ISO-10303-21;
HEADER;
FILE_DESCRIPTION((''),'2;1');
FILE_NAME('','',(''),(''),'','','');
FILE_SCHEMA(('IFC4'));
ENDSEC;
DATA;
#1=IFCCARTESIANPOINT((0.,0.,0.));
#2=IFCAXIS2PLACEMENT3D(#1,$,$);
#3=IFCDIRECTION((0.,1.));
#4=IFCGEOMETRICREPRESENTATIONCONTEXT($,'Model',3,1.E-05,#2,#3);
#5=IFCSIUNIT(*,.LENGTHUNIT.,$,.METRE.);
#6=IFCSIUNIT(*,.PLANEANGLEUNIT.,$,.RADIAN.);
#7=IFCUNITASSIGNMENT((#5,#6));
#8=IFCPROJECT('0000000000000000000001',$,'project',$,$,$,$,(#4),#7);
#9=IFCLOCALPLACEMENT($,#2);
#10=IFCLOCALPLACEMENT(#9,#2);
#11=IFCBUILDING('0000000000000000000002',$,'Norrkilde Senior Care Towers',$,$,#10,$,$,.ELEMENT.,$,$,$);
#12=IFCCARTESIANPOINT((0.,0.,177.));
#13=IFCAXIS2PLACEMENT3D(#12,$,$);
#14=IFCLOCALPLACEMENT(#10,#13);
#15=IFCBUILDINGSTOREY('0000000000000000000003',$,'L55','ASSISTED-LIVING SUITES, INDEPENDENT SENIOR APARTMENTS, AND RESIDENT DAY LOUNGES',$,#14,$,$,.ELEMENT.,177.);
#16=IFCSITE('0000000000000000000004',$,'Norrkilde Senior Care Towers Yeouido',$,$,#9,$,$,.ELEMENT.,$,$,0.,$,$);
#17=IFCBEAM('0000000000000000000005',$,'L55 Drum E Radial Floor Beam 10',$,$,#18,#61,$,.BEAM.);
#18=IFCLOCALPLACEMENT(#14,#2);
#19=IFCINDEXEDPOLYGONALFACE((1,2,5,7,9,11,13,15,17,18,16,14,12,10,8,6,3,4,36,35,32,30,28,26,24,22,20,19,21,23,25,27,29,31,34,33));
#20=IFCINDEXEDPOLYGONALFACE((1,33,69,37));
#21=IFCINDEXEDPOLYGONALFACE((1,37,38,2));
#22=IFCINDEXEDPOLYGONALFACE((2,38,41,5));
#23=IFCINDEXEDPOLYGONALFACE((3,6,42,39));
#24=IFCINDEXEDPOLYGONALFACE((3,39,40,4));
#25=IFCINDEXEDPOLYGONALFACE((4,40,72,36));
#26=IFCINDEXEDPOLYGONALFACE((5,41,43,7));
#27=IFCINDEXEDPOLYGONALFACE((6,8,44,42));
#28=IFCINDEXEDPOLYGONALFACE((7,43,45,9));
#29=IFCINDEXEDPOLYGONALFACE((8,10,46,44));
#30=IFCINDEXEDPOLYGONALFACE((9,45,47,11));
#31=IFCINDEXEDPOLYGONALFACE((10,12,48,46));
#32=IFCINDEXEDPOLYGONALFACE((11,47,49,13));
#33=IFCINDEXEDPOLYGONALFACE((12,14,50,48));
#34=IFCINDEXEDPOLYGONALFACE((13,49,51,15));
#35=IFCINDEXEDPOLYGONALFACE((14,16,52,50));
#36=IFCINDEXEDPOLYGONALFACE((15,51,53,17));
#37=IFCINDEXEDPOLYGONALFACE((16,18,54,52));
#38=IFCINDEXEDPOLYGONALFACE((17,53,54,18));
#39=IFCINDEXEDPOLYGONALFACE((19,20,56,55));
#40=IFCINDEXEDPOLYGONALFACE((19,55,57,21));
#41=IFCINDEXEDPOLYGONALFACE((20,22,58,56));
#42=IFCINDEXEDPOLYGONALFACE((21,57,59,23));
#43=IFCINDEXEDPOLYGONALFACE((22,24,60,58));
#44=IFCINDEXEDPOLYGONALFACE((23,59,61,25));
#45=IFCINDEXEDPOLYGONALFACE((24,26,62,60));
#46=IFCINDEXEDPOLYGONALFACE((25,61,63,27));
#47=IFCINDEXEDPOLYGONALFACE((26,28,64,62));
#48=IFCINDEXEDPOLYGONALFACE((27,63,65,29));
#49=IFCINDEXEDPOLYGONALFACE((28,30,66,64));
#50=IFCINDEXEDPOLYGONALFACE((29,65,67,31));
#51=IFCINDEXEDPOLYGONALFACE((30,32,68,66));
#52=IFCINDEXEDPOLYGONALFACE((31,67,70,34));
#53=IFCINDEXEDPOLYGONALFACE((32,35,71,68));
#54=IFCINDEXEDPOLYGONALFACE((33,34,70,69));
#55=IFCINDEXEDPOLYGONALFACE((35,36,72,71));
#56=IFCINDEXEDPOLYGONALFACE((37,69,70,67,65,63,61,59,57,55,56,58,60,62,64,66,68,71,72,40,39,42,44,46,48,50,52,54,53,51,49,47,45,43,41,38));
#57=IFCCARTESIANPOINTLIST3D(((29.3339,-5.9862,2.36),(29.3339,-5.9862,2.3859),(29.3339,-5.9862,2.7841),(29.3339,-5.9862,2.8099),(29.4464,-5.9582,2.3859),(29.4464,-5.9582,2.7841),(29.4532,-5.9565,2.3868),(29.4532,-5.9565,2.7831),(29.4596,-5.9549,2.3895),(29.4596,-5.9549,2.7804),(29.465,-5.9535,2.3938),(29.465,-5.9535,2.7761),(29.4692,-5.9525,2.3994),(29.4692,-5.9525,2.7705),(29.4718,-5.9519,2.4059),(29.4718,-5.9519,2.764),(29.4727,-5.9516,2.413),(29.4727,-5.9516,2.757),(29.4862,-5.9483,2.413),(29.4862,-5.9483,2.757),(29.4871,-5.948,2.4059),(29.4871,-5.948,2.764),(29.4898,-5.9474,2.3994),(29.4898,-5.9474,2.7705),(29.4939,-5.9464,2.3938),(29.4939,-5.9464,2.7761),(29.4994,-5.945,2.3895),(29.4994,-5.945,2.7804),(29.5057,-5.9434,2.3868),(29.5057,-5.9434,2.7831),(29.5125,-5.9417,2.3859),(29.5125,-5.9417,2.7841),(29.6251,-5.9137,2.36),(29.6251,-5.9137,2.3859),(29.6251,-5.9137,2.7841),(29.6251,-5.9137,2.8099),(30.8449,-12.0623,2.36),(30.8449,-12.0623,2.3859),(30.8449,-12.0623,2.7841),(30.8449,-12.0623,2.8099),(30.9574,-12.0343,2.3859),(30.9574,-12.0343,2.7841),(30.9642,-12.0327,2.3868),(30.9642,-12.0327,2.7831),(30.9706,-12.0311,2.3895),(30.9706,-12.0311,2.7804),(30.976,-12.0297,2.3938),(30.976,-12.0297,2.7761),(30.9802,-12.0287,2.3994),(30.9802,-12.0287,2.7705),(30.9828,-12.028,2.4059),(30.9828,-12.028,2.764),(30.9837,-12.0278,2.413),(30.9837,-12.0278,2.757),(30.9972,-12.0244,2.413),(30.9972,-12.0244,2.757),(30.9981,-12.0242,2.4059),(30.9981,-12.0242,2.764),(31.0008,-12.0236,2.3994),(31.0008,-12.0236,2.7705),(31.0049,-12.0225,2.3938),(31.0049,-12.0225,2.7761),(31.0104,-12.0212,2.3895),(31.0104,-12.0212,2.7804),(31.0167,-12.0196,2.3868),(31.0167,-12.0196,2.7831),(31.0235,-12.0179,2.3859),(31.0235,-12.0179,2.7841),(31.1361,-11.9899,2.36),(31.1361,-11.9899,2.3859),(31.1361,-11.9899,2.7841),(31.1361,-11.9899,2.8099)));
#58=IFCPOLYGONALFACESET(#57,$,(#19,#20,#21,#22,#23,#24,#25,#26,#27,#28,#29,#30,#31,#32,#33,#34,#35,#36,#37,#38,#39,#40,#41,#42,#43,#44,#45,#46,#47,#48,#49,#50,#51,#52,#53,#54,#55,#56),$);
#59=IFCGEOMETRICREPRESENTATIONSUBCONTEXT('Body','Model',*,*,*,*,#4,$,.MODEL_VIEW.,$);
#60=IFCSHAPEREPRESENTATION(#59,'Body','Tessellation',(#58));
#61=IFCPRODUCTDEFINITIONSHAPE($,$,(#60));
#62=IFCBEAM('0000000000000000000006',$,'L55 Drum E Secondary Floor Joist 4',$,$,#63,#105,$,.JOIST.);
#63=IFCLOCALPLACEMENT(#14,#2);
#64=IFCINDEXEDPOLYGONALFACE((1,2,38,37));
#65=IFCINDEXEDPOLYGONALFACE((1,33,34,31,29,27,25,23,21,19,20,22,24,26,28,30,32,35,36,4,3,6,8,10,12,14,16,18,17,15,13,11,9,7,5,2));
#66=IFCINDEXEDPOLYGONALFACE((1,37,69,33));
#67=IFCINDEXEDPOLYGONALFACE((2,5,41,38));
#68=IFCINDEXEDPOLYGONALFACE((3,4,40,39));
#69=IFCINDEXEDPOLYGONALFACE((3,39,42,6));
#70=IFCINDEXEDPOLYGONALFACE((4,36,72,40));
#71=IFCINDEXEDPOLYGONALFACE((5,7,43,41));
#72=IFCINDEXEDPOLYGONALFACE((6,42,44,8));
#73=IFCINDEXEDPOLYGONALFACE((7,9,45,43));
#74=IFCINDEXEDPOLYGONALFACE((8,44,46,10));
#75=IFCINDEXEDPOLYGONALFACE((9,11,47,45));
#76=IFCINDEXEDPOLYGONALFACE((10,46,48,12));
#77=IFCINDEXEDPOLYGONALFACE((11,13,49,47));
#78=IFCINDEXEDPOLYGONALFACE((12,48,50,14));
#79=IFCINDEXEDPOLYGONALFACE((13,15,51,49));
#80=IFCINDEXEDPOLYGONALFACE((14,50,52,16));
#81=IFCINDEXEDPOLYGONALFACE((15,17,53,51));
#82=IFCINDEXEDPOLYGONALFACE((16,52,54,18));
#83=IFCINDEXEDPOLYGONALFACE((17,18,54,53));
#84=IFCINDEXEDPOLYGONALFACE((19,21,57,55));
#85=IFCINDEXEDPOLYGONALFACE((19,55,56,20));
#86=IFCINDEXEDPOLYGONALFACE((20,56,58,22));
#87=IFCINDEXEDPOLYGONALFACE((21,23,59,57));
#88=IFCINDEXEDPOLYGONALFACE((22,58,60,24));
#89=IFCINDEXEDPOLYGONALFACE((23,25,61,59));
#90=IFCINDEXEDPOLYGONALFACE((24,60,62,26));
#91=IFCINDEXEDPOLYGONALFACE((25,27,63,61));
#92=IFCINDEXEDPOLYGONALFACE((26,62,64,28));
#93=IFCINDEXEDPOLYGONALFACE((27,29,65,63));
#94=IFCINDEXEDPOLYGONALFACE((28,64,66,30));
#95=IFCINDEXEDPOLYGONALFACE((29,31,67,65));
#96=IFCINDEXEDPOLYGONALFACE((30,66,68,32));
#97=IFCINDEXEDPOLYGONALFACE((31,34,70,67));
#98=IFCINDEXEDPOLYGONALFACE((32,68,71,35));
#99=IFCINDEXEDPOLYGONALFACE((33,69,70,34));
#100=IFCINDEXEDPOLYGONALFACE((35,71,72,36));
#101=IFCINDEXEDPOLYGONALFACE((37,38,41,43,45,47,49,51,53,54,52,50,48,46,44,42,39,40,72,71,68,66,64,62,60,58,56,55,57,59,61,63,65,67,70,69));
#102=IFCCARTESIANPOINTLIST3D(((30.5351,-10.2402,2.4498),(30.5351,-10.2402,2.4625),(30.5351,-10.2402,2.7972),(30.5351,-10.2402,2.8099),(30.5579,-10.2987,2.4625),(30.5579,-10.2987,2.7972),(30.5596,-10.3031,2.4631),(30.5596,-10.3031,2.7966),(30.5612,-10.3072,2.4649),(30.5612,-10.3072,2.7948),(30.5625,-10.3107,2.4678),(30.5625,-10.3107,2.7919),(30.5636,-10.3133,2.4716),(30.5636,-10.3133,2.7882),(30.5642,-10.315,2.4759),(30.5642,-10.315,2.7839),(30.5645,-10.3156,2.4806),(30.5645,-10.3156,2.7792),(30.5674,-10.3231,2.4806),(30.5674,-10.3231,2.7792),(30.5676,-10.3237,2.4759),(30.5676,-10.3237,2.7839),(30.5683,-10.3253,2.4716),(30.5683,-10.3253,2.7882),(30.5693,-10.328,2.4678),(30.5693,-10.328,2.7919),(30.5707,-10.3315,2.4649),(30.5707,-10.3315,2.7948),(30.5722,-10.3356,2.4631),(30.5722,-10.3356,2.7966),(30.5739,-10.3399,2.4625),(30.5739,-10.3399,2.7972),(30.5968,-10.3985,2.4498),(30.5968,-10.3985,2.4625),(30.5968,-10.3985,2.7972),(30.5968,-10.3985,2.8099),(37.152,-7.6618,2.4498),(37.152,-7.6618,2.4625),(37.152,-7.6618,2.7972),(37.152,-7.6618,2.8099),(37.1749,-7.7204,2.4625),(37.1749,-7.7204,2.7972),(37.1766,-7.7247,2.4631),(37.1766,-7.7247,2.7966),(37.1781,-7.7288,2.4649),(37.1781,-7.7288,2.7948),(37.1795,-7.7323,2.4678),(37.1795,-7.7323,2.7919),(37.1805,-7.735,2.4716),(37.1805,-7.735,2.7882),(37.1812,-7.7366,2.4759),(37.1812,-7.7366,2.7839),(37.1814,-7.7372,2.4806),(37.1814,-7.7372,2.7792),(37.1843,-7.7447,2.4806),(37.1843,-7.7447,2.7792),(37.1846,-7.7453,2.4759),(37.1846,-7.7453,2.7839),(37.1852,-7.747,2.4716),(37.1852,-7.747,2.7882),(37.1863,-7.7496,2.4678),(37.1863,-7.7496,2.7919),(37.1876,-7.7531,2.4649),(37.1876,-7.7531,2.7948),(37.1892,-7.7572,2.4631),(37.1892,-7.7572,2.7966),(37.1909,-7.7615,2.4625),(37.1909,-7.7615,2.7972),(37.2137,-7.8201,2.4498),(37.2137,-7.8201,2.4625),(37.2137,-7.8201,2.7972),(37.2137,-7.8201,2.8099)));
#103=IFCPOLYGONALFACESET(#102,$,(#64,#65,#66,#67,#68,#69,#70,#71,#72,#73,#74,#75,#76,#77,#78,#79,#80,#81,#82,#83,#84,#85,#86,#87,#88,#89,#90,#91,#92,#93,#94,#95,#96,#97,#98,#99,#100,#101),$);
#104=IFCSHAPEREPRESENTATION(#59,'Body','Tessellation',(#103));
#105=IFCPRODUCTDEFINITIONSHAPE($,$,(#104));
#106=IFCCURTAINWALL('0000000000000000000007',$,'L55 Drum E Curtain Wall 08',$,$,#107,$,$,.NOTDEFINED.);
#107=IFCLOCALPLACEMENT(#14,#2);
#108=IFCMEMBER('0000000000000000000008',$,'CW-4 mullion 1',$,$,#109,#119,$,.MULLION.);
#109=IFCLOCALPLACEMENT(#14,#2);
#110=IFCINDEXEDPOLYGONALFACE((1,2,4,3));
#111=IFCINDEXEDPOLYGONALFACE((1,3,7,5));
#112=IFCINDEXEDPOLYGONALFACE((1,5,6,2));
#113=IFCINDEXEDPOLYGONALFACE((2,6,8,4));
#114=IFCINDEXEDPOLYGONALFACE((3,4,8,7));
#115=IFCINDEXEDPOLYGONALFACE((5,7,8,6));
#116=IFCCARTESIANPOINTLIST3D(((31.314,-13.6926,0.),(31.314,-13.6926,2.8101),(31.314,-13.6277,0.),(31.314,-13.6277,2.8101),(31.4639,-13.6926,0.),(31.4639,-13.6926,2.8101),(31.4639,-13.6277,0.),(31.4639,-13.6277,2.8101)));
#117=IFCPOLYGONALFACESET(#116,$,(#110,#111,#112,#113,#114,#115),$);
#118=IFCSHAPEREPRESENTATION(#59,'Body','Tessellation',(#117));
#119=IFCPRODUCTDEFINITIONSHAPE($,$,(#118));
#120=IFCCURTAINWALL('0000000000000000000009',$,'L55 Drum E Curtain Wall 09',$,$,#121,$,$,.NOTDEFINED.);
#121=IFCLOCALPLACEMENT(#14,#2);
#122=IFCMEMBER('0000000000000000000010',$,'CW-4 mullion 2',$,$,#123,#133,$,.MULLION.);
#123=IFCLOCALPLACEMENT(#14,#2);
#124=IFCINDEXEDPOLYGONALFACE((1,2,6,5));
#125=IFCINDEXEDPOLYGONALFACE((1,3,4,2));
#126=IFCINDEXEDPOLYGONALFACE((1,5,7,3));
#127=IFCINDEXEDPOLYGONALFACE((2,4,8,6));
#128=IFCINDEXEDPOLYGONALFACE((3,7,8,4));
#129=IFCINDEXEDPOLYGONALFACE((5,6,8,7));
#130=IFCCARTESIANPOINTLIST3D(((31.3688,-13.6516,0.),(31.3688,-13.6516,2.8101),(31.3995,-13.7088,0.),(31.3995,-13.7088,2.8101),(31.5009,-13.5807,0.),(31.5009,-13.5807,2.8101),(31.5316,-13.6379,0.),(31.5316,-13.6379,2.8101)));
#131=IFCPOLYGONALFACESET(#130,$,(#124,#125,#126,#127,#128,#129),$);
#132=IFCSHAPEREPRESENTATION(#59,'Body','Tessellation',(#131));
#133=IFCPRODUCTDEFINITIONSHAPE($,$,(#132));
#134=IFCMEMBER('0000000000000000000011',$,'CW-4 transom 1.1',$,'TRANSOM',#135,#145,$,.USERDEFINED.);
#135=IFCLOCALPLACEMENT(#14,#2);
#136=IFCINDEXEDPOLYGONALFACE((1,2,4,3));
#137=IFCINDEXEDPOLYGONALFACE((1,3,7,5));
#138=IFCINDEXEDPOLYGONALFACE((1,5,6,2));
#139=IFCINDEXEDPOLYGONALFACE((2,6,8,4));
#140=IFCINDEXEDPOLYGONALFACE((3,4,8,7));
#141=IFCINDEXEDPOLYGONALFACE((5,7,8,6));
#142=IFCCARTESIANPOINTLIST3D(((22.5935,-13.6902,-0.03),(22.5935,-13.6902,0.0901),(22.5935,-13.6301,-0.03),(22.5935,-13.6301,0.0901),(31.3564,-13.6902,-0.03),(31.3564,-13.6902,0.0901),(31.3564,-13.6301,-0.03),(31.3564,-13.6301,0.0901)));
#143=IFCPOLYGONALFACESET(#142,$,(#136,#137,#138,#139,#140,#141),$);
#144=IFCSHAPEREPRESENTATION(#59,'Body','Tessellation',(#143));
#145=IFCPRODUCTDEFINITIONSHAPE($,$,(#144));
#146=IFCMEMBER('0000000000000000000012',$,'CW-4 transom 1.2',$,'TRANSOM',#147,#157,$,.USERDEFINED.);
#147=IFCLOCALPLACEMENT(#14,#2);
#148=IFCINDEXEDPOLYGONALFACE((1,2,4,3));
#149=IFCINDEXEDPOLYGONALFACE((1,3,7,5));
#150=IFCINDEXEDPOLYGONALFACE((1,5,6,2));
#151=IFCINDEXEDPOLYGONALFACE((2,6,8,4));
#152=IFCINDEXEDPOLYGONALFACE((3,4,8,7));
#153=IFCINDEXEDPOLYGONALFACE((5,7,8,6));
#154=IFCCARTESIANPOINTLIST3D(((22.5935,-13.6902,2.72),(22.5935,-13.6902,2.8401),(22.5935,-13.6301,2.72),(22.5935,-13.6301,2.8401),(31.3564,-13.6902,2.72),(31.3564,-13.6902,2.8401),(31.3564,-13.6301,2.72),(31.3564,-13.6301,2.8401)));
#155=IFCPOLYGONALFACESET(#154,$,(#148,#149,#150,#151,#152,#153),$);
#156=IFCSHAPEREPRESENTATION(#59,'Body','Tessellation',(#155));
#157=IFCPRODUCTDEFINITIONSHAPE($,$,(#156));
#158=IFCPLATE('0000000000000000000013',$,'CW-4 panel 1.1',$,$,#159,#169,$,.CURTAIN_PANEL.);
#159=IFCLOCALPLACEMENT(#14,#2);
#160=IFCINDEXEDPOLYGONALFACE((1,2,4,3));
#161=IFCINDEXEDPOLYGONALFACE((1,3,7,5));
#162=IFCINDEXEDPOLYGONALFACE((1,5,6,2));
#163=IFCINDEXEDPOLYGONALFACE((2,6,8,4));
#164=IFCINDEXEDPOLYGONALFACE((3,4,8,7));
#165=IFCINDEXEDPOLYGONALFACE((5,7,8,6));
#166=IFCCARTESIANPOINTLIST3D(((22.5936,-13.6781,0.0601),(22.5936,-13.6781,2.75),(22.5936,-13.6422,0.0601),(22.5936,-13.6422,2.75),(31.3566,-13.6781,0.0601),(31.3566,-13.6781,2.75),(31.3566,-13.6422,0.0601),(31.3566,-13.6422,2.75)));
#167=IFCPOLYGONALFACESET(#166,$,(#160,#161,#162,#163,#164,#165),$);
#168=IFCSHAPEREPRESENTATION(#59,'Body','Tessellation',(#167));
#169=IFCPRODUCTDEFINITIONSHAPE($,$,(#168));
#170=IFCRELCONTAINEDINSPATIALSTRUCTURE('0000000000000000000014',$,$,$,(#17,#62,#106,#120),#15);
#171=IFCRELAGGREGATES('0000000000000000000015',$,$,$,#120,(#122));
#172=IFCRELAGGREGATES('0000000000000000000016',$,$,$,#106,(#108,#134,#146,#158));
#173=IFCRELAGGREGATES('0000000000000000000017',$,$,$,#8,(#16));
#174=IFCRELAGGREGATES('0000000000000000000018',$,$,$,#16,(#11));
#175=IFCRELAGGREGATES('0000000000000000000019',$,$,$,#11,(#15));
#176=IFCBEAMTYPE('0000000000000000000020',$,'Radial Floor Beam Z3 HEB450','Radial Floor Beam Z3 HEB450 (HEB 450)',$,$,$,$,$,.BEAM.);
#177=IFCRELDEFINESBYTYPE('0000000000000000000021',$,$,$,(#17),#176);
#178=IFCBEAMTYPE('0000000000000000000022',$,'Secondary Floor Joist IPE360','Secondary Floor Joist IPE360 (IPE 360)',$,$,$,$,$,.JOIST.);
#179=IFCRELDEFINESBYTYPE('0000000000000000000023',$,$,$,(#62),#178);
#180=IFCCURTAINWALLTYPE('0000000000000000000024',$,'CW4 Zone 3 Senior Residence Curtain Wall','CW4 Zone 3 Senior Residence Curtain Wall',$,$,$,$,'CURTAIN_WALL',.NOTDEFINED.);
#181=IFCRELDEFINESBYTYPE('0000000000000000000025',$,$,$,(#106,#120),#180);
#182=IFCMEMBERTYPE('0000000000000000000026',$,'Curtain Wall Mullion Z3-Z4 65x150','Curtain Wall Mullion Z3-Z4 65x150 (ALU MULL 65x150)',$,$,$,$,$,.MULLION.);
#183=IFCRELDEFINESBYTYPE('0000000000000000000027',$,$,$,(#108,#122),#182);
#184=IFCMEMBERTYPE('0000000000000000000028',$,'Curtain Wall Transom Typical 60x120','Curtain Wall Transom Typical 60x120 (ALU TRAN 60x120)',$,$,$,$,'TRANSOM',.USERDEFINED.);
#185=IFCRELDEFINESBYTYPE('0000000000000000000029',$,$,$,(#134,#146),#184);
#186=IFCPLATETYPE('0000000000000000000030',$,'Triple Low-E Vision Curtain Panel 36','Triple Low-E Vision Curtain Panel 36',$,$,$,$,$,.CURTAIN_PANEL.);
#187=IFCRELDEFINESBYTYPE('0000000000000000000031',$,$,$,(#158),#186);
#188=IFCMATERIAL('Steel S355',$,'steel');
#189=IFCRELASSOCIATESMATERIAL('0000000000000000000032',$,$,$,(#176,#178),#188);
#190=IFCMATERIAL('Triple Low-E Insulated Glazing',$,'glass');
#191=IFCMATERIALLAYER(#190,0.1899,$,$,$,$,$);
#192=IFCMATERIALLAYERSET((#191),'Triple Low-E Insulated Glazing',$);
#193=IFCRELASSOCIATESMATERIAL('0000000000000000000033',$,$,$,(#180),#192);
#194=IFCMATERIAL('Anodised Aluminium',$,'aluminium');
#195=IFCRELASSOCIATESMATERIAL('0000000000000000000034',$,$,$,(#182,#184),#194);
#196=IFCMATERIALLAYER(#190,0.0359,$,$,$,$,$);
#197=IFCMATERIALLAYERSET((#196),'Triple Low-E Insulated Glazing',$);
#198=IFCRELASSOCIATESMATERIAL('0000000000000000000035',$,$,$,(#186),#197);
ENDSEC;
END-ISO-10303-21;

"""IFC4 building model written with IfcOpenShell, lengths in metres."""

from ifc_helpers import new_model, si_unit, direction, frame, origin, origin_2d, place, context, subcontext, project, spatial, rectangle, i_section, extrude, source, transform, mapped, material, layer, layer_set, material_profile, profile_set, type_object, type_shapes, element, aggregate, save


model = new_model("IFC4")

# Units and contexts
model_context = context("Model", 3, precision=1e-05, world=origin(), true_north=direction((0.0, 1.0)))
body_context = subcontext(model_context, "Body", "Model", "MODEL_VIEW")
ifc_project = project(units=[si_unit("LENGTHUNIT", "METRE"), si_unit("PLANEANGLEUNIT", "RADIAN")], contexts=[model_context])

# Site, building, storey
site_placement = place(None, origin())
site = spatial("IfcSite", under=ifc_project, at=site_placement, Name="Norrkilde Senior Care Towers Yeouido", CompositionType="ELEMENT", RefElevation=0.0)
building_placement = place(site_placement, origin())
building = spatial("IfcBuilding", under=site, at=building_placement, Name="Norrkilde Senior Care Towers", CompositionType="ELEMENT")
storey_placement = place(building_placement, frame((0.0, 0.0, 177.0)))
storey = spatial("IfcBuildingStorey", under=building, at=storey_placement, Name="L55", Description="ASSISTED-LIVING SUITES, INDEPENDENT SENIOR APARTMENTS, AND RESIDENT DAY LOUNGES", CompositionType="ELEMENT", Elevation=177.0)

# Beams
ifc_material_1 = material(Name="Steel S355", Category="steel")
ifc_material_profile_1 = material_profile(ifc_material_1, i_section(OverallWidth=0.3, OverallDepth=0.45, WebThickness=0.0139, FlangeThickness=0.0259, FilletRadius=0.0271, at=origin_2d()), Name="HEB 450")
ifc_profile_set_1 = profile_set([ifc_material_profile_1], Name="Steel S355")
beam_type_1 = type_object("IfcBeamType", Name="Radial Floor Beam Z3 HEB450", Description="Radial Floor Beam Z3 HEB450 (HEB 450)", PredefinedType="BEAM", material=ifc_profile_set_1)
shared_shape_1 = source(origin(), body_context, "Body", "SweptSolid", [
    extrude(i_section(OverallWidth=0.3, OverallDepth=0.45, WebThickness=0.0139, FlangeThickness=0.0259, FilletRadius=0.0271, at=origin_2d()), origin(), (0.0, 0.0, 1.0), 6.2612),
])
beam_1_placement = place(storey_placement, frame((29.4795, -5.95, 2.585), z_axis=(0.241324, -0.970445, 0.0), x_axis=(0.970445, 0.241324, 0.0)))
element("IfcBeam", 1, at=beam_1_placement, inside=storey, type_object=beam_type_1, Name="L55 Drum E Radial Floor Beam 10", PredefinedType="BEAM", context=body_context, shape_type="MappedRepresentation", body=[
    mapped(shared_shape_1, transform((0.0, 0.0, 0.0), x_axis=(1.0, 0.0, 0.0), y_axis=(0.0, 1.0, 0.0), z_axis=(0.0, 0.0, 1.0), scale=1.0)),
])
ifc_material_profile_2 = material_profile(ifc_material_1, i_section(OverallWidth=0.1699, OverallDepth=0.3601, WebThickness=0.0081, FlangeThickness=0.0127, FilletRadius=0.0181, at=origin_2d()), Name="IPE 360")
ifc_profile_set_2 = profile_set([ifc_material_profile_2], Name="Steel S355")
beam_type_2 = type_object("IfcBeamType", Name="Secondary Floor Joist IPE360", Description="Secondary Floor Joist IPE360 (IPE 360)", PredefinedType="JOIST", material=ifc_profile_set_2)
shared_shape_2 = source(origin(), body_context, "Body", "SweptSolid", [
    extrude(i_section(OverallWidth=0.1699, OverallDepth=0.3601, WebThickness=0.0081, FlangeThickness=0.0127, FilletRadius=0.0181, at=origin_2d()), origin(), (0.0, 0.0, 1.0), 7.1016),
])
type_shapes(beam_type_2, [shared_shape_2])
beam_2_placement = place(storey_placement, frame((30.5659, -10.3193, 2.6299), z_axis=(0.931761, 0.363072, 0.0), x_axis=(-0.363072, 0.931761, 0.0)))
element("IfcBeam", 2, at=beam_2_placement, inside=storey, type_object=beam_type_2, Name="L55 Drum E Secondary Floor Joist 4", PredefinedType="JOIST", context=body_context, shape_type="MappedRepresentation", body=[
    mapped(shared_shape_2, transform((0.0, 0.0, 0.0), x_axis=(1.0, 0.0, 0.0), y_axis=(0.0, 1.0, 0.0), z_axis=(0.0, 0.0, 1.0), scale=1.0)),
])

# Curtain walls, members
ifc_material_2 = material(Name="Triple Low-E Insulated Glazing", Category="glass")
ifc_layer_1 = layer(ifc_material_2, 0.1899)
ifc_layer_set_1 = layer_set([ifc_layer_1], Name="Triple Low-E Insulated Glazing")
curtain_wall_type = type_object("IfcCurtainWallType", Name="CW4 Zone 3 Senior Residence Curtain Wall", Description="CW4 Zone 3 Senior Residence Curtain Wall", ElementType="CURTAIN_WALL", PredefinedType="NOTDEFINED", material=ifc_layer_set_1)
curtain_wall_1_placement = place(storey_placement, origin())
curtain_wall_1 = element("IfcCurtainWall", 3, at=curtain_wall_1_placement, inside=storey, type_object=curtain_wall_type, Name="L55 Drum E Curtain Wall 08", PredefinedType="NOTDEFINED")
ifc_material_3 = material(Name="Anodised Aluminium", Category="aluminium")
ifc_material_profile_3 = material_profile(ifc_material_3, rectangle(XDim=0.0649, YDim=0.1499, at=origin_2d()), Name="ALU MULL 65x150")
ifc_profile_set_3 = profile_set([ifc_material_profile_3], Name="Anodised Aluminium")
member_type_1 = type_object("IfcMemberType", Name="Curtain Wall Mullion Z3-Z4 65x150", Description="Curtain Wall Mullion Z3-Z4 65x150 (ALU MULL 65x150)", PredefinedType="MULLION", material=ifc_profile_set_3)
shared_shape_3 = source(origin(), body_context, "Body", "SweptSolid", [
    extrude(rectangle(XDim=0.0649, YDim=0.1499, at=origin_2d()), origin(), (0.0, 0.0, 1.0), 2.8101),
])
type_shapes(member_type_1, [shared_shape_3])
member_1_placement = place(storey_placement, frame((31.3889, -13.6602, 0.0), z_axis=(0.0, 0.0, 1.0), x_axis=(0.0, -1.0, 0.0)))
member_1 = element("IfcMember", 4, at=member_1_placement, type_object=member_type_1, Name="CW-4 mullion 1", PredefinedType="MULLION", context=body_context, shape_type="MappedRepresentation", body=[
    mapped(shared_shape_3, transform((0.0, 0.0, 0.0), x_axis=(1.0, 0.0, 0.0), y_axis=(0.0, 1.0, 0.0), z_axis=(0.0, 0.0, 1.0), scale=1.0)),
])
curtain_wall_2_placement = place(storey_placement, origin())
curtain_wall_2 = element("IfcCurtainWall", 5, at=curtain_wall_2_placement, inside=storey, type_object=curtain_wall_type, Name="L55 Drum E Curtain Wall 09", PredefinedType="NOTDEFINED")
member_2_placement = place(storey_placement, frame((31.4502, -13.6448, 0.0), z_axis=(0.0, 0.0, 1.0), x_axis=(0.473117, -0.881, 0.0)))
member_2 = element("IfcMember", 6, at=member_2_placement, type_object=member_type_1, Name="CW-4 mullion 2", PredefinedType="MULLION", context=body_context, shape_type="MappedRepresentation", body=[
    mapped(shared_shape_3, transform((0.0, 0.0, 0.0), x_axis=(1.0, 0.0, 0.0), y_axis=(0.0, 1.0, 0.0), z_axis=(0.0, 0.0, 1.0), scale=1.0)),
])
aggregate(curtain_wall_2, [member_2])

# Members
ifc_material_profile_4 = material_profile(ifc_material_3, rectangle(XDim=0.0601, YDim=0.1201, at=origin_2d()), Name="ALU TRAN 60x120")
ifc_profile_set_4 = profile_set([ifc_material_profile_4], Name="Anodised Aluminium")
member_type_2 = type_object("IfcMemberType", Name="Curtain Wall Transom Typical 60x120", Description="Curtain Wall Transom Typical 60x120 (ALU TRAN 60x120)", ElementType="TRANSOM", PredefinedType="USERDEFINED", material=ifc_profile_set_4)
shared_shape_4 = source(origin(), body_context, "Body", "SweptSolid", [
    extrude(rectangle(XDim=0.0601, YDim=0.1201, at=origin_2d()), origin(), (0.0, 0.0, 1.0), 8.7629),
])
type_shapes(member_type_2, [shared_shape_4])
member_3_placement = place(storey_placement, frame((31.3564, -13.6602, 0.03), z_axis=(-1.0, 0.0, 0.0), x_axis=(0.0, -1.0, 0.0)))
member_3 = element("IfcMember", 7, at=member_3_placement, type_object=member_type_2, Name="CW-4 transom 1.1", ObjectType="TRANSOM", PredefinedType="USERDEFINED", context=body_context, shape_type="MappedRepresentation", body=[
    mapped(shared_shape_4, transform((0.0, 0.0, 0.0), x_axis=(1.0, 0.0, 0.0), y_axis=(0.0, 1.0, 0.0), z_axis=(0.0, 0.0, 1.0), scale=1.0)),
])
member_4_placement = place(storey_placement, frame((31.3564, -13.6602, 2.78), z_axis=(-1.0, 0.0, 0.0), x_axis=(0.0, -1.0, 0.0)))
member_4 = element("IfcMember", 8, at=member_4_placement, type_object=member_type_2, Name="CW-4 transom 1.2", ObjectType="TRANSOM", PredefinedType="USERDEFINED", context=body_context, shape_type="MappedRepresentation", body=[
    mapped(shared_shape_4, transform((0.0, 0.0, 0.0), x_axis=(1.0, 0.0, 0.0), y_axis=(0.0, 1.0, 0.0), z_axis=(0.0, 0.0, 1.0), scale=1.0)),
])

# Plate
ifc_layer_2 = layer(ifc_material_2, 0.0359)
ifc_layer_set_2 = layer_set([ifc_layer_2], Name="Triple Low-E Insulated Glazing")
plate_type = type_object("IfcPlateType", Name="Triple Low-E Vision Curtain Panel 36", Description="Triple Low-E Vision Curtain Panel 36", PredefinedType="CURTAIN_PANEL", material=ifc_layer_set_2)
shared_shape_5 = source(origin(), body_context, "Body", "SweptSolid", [
    extrude(rectangle(XDim=8.7629, YDim=0.0359, at=origin_2d()), origin(), (0.0, 0.0, 1.0), 2.6899),
])
type_shapes(plate_type, [shared_shape_5])
plate_placement = place(storey_placement, frame((26.9751, -13.6602, 0.0601), z_axis=(0.0, 0.0, 1.0), x_axis=(-1.0, 0.0, 0.0)))
plate = element("IfcPlate", 9, at=plate_placement, type_object=plate_type, Name="CW-4 panel 1.1", PredefinedType="CURTAIN_PANEL", context=body_context, shape_type="MappedRepresentation", body=[
    mapped(shared_shape_5, transform((0.0, 0.0, 0.0), x_axis=(1.0, 0.0, 0.0), y_axis=(0.0, 1.0, 0.0), z_axis=(0.0, 0.0, 1.0), scale=1.0)),
])
aggregate(curtain_wall_1, [member_1, member_3, member_4, plate])

save(model, "model.ifc")
